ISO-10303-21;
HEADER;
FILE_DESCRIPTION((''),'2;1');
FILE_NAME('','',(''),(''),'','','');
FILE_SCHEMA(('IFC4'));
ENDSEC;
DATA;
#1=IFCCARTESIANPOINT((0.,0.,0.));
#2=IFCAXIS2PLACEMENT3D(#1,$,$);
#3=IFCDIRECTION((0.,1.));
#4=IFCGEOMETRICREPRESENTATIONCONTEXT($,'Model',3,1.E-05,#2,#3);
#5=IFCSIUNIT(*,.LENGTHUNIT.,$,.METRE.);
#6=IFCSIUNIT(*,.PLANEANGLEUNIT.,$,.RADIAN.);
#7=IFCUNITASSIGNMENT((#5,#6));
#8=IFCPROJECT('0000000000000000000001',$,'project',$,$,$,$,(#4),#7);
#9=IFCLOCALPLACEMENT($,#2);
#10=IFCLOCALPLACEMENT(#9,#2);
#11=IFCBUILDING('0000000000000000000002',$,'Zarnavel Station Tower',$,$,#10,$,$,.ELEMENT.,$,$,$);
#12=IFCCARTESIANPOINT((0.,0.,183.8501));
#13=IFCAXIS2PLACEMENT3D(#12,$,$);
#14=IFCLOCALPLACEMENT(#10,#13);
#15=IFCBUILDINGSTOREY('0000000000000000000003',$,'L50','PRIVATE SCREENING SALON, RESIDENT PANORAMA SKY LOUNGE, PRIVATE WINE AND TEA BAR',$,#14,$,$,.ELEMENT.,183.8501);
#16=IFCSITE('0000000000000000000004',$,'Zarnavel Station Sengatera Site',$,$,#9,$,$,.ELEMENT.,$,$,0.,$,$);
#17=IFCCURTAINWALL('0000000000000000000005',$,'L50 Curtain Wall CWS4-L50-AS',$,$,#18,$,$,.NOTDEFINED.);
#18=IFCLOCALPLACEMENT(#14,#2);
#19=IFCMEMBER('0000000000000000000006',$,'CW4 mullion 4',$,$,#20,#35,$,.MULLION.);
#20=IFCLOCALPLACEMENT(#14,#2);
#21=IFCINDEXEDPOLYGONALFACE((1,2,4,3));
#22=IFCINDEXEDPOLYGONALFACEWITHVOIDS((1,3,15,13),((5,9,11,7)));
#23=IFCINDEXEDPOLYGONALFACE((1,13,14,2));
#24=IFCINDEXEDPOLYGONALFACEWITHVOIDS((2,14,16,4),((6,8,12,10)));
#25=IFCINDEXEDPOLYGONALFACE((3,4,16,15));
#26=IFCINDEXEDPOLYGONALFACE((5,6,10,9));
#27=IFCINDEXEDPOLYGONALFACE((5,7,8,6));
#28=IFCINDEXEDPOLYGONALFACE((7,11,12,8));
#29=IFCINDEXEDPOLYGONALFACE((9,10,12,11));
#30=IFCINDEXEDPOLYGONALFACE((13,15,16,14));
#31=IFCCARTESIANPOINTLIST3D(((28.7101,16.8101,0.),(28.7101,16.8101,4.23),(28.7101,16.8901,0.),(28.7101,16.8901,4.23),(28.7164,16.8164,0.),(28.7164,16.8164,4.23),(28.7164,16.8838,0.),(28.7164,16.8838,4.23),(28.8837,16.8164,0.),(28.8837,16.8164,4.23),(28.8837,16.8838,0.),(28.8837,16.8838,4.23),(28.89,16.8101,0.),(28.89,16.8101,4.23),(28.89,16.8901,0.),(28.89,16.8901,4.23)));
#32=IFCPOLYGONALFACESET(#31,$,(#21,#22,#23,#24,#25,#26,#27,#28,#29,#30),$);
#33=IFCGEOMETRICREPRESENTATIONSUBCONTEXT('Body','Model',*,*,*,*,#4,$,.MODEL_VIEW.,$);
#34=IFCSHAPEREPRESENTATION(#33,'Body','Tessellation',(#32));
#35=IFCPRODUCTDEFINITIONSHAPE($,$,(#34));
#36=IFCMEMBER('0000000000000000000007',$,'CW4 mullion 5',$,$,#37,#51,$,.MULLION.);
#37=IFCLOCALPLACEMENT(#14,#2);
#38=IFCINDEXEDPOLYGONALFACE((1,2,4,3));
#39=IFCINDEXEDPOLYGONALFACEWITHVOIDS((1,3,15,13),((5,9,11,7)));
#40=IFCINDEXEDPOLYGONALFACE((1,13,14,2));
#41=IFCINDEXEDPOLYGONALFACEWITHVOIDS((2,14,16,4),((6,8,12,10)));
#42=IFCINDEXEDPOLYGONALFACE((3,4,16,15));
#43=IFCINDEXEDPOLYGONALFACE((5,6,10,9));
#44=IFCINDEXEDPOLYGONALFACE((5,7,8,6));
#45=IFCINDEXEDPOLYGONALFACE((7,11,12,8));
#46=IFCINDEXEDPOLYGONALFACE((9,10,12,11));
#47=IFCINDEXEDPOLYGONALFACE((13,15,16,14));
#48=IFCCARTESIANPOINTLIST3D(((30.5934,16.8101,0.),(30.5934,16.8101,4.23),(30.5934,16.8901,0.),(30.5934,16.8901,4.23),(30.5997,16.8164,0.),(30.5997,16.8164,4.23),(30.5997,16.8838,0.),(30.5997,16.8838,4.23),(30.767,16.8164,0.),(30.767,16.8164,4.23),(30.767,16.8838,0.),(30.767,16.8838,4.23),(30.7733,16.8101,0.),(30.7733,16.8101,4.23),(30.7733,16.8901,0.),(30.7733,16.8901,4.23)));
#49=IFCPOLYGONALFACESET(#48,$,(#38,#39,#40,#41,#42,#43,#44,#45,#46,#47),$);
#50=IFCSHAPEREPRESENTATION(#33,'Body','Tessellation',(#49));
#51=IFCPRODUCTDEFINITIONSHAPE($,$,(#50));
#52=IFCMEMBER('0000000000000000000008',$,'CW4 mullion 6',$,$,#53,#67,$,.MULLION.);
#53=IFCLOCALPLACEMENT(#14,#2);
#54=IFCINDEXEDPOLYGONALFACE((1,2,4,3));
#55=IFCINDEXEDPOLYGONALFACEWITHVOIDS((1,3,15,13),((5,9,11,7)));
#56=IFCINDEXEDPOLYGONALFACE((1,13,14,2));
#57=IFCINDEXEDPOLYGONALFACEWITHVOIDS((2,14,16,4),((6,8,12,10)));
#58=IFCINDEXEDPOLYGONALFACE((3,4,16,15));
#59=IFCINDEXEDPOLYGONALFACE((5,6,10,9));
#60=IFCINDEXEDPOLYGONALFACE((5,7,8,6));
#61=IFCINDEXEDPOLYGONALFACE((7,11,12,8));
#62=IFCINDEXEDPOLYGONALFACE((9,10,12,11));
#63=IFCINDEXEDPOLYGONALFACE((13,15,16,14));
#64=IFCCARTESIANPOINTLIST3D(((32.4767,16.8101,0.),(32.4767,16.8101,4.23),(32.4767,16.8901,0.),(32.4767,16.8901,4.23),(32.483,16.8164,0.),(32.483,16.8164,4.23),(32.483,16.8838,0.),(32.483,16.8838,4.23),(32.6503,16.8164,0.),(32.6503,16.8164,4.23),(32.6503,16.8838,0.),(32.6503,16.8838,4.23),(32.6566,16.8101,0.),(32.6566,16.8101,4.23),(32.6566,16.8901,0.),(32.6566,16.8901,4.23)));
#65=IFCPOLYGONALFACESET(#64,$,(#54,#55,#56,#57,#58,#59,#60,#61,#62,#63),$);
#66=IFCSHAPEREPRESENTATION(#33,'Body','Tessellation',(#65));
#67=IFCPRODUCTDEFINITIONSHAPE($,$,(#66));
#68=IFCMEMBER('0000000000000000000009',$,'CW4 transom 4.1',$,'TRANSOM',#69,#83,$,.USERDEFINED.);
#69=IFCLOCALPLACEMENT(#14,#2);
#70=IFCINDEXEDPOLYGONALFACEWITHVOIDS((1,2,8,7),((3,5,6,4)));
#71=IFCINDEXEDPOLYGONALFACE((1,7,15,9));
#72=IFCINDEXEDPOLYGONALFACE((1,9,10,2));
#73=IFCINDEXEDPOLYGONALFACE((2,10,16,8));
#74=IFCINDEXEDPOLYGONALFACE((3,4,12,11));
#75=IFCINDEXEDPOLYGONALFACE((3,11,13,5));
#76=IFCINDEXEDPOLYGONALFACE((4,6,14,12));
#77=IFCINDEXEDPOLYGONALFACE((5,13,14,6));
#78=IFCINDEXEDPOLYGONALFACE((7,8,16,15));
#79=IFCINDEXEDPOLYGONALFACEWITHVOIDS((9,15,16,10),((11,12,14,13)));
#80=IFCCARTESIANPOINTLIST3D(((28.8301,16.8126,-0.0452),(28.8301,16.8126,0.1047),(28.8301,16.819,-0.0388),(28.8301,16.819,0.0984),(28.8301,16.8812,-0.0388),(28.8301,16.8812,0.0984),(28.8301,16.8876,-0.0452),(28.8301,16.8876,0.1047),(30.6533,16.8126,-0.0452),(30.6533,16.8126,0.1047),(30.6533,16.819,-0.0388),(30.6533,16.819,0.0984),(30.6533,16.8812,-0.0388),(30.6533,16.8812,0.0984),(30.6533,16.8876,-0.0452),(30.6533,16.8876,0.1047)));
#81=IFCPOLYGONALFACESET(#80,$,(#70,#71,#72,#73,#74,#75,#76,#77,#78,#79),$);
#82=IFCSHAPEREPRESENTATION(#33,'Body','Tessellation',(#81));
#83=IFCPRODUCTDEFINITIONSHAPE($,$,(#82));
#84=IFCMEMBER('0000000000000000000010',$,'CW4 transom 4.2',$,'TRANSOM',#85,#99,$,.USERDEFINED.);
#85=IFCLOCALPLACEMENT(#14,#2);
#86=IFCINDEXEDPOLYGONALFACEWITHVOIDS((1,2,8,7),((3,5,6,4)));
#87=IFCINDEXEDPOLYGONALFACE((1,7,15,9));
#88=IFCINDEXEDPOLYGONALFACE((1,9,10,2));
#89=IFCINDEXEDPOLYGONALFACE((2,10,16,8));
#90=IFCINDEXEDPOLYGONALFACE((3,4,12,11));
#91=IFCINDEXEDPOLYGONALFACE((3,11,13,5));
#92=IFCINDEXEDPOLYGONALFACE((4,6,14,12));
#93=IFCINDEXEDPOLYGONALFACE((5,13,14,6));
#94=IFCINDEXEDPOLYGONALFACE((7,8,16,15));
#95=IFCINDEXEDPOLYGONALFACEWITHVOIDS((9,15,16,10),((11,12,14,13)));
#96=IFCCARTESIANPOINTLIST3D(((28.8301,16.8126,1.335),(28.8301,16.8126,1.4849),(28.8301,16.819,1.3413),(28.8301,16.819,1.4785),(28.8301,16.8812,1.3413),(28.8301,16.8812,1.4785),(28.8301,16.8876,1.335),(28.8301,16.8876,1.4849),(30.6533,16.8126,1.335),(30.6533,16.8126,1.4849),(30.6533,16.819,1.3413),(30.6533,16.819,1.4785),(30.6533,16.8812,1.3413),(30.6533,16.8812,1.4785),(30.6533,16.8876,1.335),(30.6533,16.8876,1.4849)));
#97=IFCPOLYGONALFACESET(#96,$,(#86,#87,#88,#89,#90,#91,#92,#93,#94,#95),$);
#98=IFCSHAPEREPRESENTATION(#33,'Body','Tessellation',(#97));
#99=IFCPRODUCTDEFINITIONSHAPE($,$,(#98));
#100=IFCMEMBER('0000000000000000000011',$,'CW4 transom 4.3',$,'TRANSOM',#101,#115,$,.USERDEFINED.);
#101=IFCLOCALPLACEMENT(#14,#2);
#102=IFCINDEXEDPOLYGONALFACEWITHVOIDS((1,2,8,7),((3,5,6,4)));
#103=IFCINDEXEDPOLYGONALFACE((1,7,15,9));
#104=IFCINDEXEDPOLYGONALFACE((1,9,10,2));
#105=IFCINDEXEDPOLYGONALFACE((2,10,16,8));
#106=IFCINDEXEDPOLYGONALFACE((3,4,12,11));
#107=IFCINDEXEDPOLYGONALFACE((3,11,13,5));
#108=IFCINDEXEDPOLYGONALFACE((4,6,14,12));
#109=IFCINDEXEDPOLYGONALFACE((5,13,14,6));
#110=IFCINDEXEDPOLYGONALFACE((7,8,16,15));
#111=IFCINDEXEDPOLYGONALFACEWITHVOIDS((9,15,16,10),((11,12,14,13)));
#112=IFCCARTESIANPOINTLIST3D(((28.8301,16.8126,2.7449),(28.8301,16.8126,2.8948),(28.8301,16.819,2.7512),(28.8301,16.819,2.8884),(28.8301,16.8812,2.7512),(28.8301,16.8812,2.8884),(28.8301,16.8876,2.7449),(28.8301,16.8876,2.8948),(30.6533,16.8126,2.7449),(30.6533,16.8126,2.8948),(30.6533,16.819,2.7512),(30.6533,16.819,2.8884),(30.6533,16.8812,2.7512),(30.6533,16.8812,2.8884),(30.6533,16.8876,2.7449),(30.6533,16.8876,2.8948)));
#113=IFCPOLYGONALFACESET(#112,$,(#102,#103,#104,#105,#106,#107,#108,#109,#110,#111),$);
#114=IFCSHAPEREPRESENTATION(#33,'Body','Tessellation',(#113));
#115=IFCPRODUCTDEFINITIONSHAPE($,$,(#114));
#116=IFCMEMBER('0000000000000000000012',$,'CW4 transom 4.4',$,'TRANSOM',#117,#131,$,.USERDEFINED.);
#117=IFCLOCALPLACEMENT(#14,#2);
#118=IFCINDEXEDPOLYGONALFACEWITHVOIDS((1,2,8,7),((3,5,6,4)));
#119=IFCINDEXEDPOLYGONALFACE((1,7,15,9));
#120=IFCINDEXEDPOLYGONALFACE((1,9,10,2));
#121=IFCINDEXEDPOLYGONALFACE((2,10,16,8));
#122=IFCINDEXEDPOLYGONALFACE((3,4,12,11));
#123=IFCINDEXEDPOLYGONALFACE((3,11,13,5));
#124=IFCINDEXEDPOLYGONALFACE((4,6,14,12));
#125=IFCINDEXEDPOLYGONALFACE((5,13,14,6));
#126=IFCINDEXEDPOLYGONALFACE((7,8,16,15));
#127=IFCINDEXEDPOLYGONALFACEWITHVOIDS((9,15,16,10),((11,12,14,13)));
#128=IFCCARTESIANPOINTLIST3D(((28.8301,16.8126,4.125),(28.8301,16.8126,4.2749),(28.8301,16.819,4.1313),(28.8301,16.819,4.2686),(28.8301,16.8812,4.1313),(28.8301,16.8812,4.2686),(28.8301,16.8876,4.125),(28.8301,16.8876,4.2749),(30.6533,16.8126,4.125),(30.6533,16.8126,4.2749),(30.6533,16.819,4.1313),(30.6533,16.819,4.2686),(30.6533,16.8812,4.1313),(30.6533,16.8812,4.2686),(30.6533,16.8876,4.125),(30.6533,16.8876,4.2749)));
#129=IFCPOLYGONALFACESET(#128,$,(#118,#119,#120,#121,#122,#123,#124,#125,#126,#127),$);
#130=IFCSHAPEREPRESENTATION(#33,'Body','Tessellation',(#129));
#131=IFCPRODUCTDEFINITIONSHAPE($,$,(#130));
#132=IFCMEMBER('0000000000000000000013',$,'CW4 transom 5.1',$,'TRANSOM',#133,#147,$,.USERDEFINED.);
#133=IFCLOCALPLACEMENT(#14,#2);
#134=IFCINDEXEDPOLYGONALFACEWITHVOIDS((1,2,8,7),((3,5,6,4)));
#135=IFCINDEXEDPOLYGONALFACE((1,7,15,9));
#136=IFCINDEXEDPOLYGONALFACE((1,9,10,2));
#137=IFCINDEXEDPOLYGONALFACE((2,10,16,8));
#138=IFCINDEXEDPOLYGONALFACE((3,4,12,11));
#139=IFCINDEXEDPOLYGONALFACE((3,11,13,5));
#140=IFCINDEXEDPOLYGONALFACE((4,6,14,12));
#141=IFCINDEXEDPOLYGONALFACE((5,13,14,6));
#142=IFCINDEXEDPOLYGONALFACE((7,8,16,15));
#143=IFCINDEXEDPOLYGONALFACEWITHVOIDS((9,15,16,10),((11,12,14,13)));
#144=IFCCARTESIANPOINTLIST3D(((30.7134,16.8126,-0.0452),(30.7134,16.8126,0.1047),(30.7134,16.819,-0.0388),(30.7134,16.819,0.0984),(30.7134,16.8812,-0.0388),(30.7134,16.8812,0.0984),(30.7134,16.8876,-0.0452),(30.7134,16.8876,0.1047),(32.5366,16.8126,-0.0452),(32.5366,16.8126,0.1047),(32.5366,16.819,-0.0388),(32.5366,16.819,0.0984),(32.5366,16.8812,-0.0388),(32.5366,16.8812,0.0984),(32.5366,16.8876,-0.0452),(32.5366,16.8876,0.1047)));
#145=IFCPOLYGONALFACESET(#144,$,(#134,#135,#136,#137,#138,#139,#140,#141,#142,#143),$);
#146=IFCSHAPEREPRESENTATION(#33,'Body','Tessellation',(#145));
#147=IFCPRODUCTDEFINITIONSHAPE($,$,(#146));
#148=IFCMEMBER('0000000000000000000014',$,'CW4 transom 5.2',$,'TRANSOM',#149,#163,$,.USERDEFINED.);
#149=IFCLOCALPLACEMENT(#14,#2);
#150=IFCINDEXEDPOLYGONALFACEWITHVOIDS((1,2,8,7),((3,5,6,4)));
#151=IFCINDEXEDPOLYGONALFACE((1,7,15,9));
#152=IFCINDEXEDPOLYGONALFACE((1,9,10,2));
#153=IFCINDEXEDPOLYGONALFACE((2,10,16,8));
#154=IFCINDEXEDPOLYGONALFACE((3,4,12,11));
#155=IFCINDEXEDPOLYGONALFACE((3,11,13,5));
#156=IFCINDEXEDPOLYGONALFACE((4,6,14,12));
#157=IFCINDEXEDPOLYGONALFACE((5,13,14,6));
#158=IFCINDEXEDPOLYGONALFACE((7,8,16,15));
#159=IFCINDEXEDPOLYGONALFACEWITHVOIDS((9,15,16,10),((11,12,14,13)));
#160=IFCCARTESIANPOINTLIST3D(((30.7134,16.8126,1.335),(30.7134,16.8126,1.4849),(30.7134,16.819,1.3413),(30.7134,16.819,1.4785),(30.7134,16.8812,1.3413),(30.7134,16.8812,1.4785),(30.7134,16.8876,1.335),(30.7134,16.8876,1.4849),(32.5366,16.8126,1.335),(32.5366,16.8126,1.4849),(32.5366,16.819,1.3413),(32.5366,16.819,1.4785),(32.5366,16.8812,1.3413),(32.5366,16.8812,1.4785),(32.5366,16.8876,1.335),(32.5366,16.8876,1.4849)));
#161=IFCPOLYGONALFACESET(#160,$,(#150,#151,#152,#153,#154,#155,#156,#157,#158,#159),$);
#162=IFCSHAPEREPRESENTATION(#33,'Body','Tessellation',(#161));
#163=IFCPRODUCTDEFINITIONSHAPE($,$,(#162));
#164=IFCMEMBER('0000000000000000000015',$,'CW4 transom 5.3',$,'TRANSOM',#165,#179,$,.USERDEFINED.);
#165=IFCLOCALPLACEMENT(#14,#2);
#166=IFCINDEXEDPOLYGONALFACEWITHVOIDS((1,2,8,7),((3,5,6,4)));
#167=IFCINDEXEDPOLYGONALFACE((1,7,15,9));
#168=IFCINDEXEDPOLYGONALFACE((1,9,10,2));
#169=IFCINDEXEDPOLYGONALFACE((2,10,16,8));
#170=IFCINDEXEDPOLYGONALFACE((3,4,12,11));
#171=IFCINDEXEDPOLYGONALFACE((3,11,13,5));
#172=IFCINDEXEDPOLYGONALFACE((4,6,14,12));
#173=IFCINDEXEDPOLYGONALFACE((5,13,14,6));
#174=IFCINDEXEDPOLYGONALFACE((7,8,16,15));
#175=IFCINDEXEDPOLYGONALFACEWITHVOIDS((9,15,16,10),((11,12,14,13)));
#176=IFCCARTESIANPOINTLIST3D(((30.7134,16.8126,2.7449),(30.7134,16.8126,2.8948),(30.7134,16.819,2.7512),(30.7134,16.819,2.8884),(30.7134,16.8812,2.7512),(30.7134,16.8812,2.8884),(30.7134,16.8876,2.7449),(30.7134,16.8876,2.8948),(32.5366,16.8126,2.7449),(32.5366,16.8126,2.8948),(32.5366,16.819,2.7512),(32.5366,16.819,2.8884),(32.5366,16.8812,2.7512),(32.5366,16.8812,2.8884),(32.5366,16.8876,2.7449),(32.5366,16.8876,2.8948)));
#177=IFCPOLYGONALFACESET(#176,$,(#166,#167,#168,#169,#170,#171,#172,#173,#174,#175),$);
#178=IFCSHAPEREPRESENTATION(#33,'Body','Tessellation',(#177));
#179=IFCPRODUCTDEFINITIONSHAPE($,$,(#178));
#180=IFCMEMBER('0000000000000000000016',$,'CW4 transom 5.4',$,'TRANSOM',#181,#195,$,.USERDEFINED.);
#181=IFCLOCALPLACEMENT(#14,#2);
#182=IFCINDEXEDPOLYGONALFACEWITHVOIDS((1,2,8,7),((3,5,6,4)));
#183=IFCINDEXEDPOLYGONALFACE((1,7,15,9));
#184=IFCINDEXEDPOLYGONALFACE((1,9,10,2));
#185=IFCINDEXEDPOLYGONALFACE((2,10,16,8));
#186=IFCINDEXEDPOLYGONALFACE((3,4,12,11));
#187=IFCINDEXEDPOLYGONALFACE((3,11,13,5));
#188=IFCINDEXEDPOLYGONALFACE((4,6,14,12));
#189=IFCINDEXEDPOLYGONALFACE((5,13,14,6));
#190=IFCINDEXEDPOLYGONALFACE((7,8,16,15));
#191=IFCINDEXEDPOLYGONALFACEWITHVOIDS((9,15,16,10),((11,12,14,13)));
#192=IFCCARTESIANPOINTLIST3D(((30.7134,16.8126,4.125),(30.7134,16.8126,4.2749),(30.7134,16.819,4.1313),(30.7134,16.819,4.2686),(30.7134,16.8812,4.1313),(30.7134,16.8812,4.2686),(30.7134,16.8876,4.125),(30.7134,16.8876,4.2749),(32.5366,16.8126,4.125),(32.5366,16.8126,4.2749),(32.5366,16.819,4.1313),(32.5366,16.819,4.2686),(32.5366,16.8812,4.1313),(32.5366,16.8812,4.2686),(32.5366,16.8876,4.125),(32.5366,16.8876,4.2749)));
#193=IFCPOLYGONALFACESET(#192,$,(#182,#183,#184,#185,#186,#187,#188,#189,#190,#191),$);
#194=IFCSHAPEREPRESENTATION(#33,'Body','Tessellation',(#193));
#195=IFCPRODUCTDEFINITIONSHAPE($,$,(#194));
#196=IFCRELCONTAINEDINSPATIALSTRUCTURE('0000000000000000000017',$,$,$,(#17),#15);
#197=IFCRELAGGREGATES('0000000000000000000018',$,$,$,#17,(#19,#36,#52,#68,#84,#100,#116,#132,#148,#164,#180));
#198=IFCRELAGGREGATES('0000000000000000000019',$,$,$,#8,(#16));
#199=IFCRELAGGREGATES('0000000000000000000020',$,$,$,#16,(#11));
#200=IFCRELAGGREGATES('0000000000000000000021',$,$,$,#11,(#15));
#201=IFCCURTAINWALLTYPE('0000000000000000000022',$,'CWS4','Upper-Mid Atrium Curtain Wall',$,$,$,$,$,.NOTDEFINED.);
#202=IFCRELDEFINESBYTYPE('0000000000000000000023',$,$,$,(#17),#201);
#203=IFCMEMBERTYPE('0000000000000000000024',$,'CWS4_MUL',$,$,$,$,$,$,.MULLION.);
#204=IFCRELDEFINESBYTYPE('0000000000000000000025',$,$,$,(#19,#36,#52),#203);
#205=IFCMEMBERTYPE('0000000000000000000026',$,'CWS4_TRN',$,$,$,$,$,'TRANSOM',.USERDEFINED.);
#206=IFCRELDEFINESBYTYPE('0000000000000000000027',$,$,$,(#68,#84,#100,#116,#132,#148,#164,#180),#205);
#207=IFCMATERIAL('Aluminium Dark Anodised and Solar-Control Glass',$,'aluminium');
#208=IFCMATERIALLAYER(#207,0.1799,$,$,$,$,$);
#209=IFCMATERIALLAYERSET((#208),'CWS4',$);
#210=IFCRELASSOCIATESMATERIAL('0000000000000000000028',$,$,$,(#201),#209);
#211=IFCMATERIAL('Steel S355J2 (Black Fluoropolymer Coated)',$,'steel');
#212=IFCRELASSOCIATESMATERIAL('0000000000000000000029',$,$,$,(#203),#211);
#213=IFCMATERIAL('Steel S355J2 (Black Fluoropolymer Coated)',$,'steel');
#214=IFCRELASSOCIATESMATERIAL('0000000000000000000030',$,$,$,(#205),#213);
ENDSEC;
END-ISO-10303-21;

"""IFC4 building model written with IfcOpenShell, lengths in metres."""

from ifc_helpers import new_model, si_unit, direction, frame, origin, origin_2d, place, context, subcontext, project, spatial, hollow_rectangle, extrude, material, layer, layer_set, material_profile, profile_set, type_object, element, aggregate, save


model = new_model("IFC4")

# Units and contexts
model_context = context("Model", 3, precision=1e-05, world=origin(), true_north=direction((0.0, 1.0)))
body_context = subcontext(model_context, "Body", "Model", "MODEL_VIEW")
ifc_project = project(units=[si_unit("LENGTHUNIT", "METRE"), si_unit("PLANEANGLEUNIT", "RADIAN")], contexts=[model_context])

# Site, building, storey
site_placement = place(None, origin())
site = spatial("IfcSite", under=ifc_project, at=site_placement, Name="Zarnavel Station Sengatera Site", CompositionType="ELEMENT", RefElevation=0.0)
building_placement = place(site_placement, origin())
building = spatial("IfcBuilding", under=site, at=building_placement, Name="Zarnavel Station Tower", CompositionType="ELEMENT")
storey_placement = place(building_placement, frame((0.0, 0.0, 183.8501)))
storey = spatial("IfcBuildingStorey", under=building, at=storey_placement, Name="L50", Description="PRIVATE SCREENING SALON, RESIDENT PANORAMA SKY LOUNGE, PRIVATE WINE AND TEA BAR", CompositionType="ELEMENT", Elevation=183.8501)

# Curtain wall, members
ifc_material_1 = material(Name="Aluminium Dark Anodised and Solar-Control Glass", Category="aluminium")
ifc_layer_1 = layer(ifc_material_1, 0.1799)
ifc_layer_set_1 = layer_set([ifc_layer_1], Name="CWS4")
curtain_wall_type_1 = type_object("IfcCurtainWallType", Name="CWS4", Description="Upper-Mid Atrium Curtain Wall", PredefinedType="NOTDEFINED", material=ifc_layer_set_1)
curtain_wall_1_placement = place(storey_placement, origin())
curtain_wall_1 = element("IfcCurtainWall", 1, at=curtain_wall_1_placement, inside=storey, type_object=curtain_wall_type_1, Name="L50 Curtain Wall CWS4-L50-AS", PredefinedType="NOTDEFINED")
ifc_material_2 = material(Name="Steel S355J2 (Black Fluoropolymer Coated)", Category="steel")
ifc_material_profile_1 = material_profile(ifc_material_2, hollow_rectangle(XDim=0.0801, YDim=0.1799, WallThickness=0.0063, at=origin_2d()), Name="RHS180x80x6.3")
ifc_profile_set_1 = profile_set([ifc_material_profile_1], Name="Steel S355J2 (Black Fluoropolymer Coated)")
member_type_1 = type_object("IfcMemberType", Name="CWS4_MUL", PredefinedType="MULLION", material=ifc_profile_set_1)
member_1_placement = place(storey_placement, frame((28.8, 16.8501, 0.0), z_axis=(0.0, 0.0, 1.0), x_axis=(0.0, 1.0, 0.0)))
member_1 = element("IfcMember", 2, at=member_1_placement, type_object=member_type_1, Name="CW4 mullion 4", PredefinedType="MULLION", context=body_context, shape_type="SweptSolid", body=[
    extrude(hollow_rectangle(XDim=0.0801, YDim=0.1799, WallThickness=0.0063, at=origin_2d()), origin(), (0.0, 0.0, 1.0), 4.23),
])
member_2_placement = place(storey_placement, frame((30.6833, 16.8501, 0.0), z_axis=(0.0, 0.0, 1.0), x_axis=(0.0, 1.0, 0.0)))
member_2 = element("IfcMember", 3, at=member_2_placement, type_object=member_type_1, Name="CW4 mullion 5", PredefinedType="MULLION", context=body_context, shape_type="SweptSolid", body=[
    extrude(hollow_rectangle(XDim=0.0801, YDim=0.1799, WallThickness=0.0063, at=origin_2d()), origin(), (0.0, 0.0, 1.0), 4.23),
])
member_3_placement = place(storey_placement, frame((32.5667, 16.8501, 0.0), z_axis=(0.0, 0.0, 1.0), x_axis=(0.0, 1.0, 0.0)))
member_3 = element("IfcMember", 4, at=member_3_placement, type_object=member_type_1, Name="CW4 mullion 6", PredefinedType="MULLION", context=body_context, shape_type="SweptSolid", body=[
    extrude(hollow_rectangle(XDim=0.0801, YDim=0.1799, WallThickness=0.0063, at=origin_2d()), origin(), (0.0, 0.0, 1.0), 4.23),
])
ifc_material_3 = material(Name="Steel S355J2 (Black Fluoropolymer Coated)", Category="steel")
ifc_material_profile_2 = material_profile(ifc_material_3, hollow_rectangle(XDim=0.075, YDim=0.1499, WallThickness=0.0063, at=origin_2d()), Name="RHS150x75x6.3")
ifc_profile_set_2 = profile_set([ifc_material_profile_2], Name="Steel S355J2 (Black Fluoropolymer Coated)")
member_type_2 = type_object("IfcMemberType", Name="CWS4_TRN", ElementType="TRANSOM", PredefinedType="USERDEFINED", material=ifc_profile_set_2)
member_4_placement = place(storey_placement, frame((28.8301, 16.8501, 0.0298), z_axis=(1.0, 0.0, 0.0), x_axis=(0.0, 1.0, 0.0)))
member_4 = element("IfcMember", 5, at=member_4_placement, type_object=member_type_2, Name="CW4 transom 4.1", ObjectType="TRANSOM", PredefinedType="USERDEFINED", context=body_context, shape_type="SweptSolid", body=[
    extrude(hollow_rectangle(XDim=0.075, YDim=0.1499, WallThickness=0.0063, at=origin_2d()), origin(), (0.0, 0.0, 1.0), 1.8232),
])
member_5_placement = place(storey_placement, frame((28.8301, 16.8501, 1.4099), z_axis=(1.0, 0.0, 0.0), x_axis=(0.0, 1.0, 0.0)))
member_5 = element("IfcMember", 6, at=member_5_placement, type_object=member_type_2, Name="CW4 transom 4.2", ObjectType="TRANSOM", PredefinedType="USERDEFINED", context=body_context, shape_type="SweptSolid", body=[
    extrude(hollow_rectangle(XDim=0.075, YDim=0.1499, WallThickness=0.0063, at=origin_2d()), origin(), (0.0, 0.0, 1.0), 1.8232),
])
member_6_placement = place(storey_placement, frame((28.8301, 16.8501, 2.8198), z_axis=(1.0, 0.0, 0.0), x_axis=(0.0, 1.0, 0.0)))
member_6 = element("IfcMember", 7, at=member_6_placement, type_object=member_type_2, Name="CW4 transom 4.3", ObjectType="TRANSOM", PredefinedType="USERDEFINED", context=body_context, shape_type="SweptSolid", body=[
    extrude(hollow_rectangle(XDim=0.075, YDim=0.1499, WallThickness=0.0063, at=origin_2d()), origin(), (0.0, 0.0, 1.0), 1.8232),
])
member_7_placement = place(storey_placement, frame((28.8301, 16.8501, 4.2), z_axis=(1.0, 0.0, 0.0), x_axis=(0.0, 1.0, 0.0)))
member_7 = element("IfcMember", 8, at=member_7_placement, type_object=member_type_2, Name="CW4 transom 4.4", ObjectType="TRANSOM", PredefinedType="USERDEFINED", context=body_context, shape_type="SweptSolid", body=[
    extrude(hollow_rectangle(XDim=0.075, YDim=0.1499, WallThickness=0.0063, at=origin_2d()), origin(), (0.0, 0.0, 1.0), 1.8232),
])
member_8_placement = place(storey_placement, frame((30.7134, 16.8501, 0.0298), z_axis=(1.0, 0.0, 0.0), x_axis=(0.0, 1.0, 0.0)))
member_8 = element("IfcMember", 9, at=member_8_placement, type_object=member_type_2, Name="CW4 transom 5.1", ObjectType="TRANSOM", PredefinedType="USERDEFINED", context=body_context, shape_type="SweptSolid", body=[
    extrude(hollow_rectangle(XDim=0.075, YDim=0.1499, WallThickness=0.0063, at=origin_2d()), origin(), (0.0, 0.0, 1.0), 1.8232),
])
member_9_placement = place(storey_placement, frame((30.7134, 16.8501, 1.4099), z_axis=(1.0, 0.0, 0.0), x_axis=(0.0, 1.0, 0.0)))
member_9 = element("IfcMember", 10, at=member_9_placement, type_object=member_type_2, Name="CW4 transom 5.2", ObjectType="TRANSOM", PredefinedType="USERDEFINED", context=body_context, shape_type="SweptSolid", body=[
    extrude(hollow_rectangle(XDim=0.075, YDim=0.1499, WallThickness=0.0063, at=origin_2d()), origin(), (0.0, 0.0, 1.0), 1.8232),
])
member_10_placement = place(storey_placement, frame((30.7134, 16.8501, 2.8198), z_axis=(1.0, 0.0, 0.0), x_axis=(0.0, 1.0, 0.0)))
member_10 = element("IfcMember", 11, at=member_10_placement, type_object=member_type_2, Name="CW4 transom 5.3", ObjectType="TRANSOM", PredefinedType="USERDEFINED", context=body_context, shape_type="SweptSolid", body=[
    extrude(hollow_rectangle(XDim=0.075, YDim=0.1499, WallThickness=0.0063, at=origin_2d()), origin(), (0.0, 0.0, 1.0), 1.8232),
])
member_11_placement = place(storey_placement, frame((30.7134, 16.8501, 4.2), z_axis=(1.0, 0.0, 0.0), x_axis=(0.0, 1.0, 0.0)))
member_11 = element("IfcMember", 12, at=member_11_placement, type_object=member_type_2, Name="CW4 transom 5.4", ObjectType="TRANSOM", PredefinedType="USERDEFINED", context=body_context, shape_type="SweptSolid", body=[
    extrude(hollow_rectangle(XDim=0.075, YDim=0.1499, WallThickness=0.0063, at=origin_2d()), origin(), (0.0, 0.0, 1.0), 1.8232),
])

aggregate(curtain_wall_1, [member_1, member_2, member_3, member_4, member_5, member_6, member_7, member_8, member_9, member_10, member_11])

save(model, "model.ifc")
